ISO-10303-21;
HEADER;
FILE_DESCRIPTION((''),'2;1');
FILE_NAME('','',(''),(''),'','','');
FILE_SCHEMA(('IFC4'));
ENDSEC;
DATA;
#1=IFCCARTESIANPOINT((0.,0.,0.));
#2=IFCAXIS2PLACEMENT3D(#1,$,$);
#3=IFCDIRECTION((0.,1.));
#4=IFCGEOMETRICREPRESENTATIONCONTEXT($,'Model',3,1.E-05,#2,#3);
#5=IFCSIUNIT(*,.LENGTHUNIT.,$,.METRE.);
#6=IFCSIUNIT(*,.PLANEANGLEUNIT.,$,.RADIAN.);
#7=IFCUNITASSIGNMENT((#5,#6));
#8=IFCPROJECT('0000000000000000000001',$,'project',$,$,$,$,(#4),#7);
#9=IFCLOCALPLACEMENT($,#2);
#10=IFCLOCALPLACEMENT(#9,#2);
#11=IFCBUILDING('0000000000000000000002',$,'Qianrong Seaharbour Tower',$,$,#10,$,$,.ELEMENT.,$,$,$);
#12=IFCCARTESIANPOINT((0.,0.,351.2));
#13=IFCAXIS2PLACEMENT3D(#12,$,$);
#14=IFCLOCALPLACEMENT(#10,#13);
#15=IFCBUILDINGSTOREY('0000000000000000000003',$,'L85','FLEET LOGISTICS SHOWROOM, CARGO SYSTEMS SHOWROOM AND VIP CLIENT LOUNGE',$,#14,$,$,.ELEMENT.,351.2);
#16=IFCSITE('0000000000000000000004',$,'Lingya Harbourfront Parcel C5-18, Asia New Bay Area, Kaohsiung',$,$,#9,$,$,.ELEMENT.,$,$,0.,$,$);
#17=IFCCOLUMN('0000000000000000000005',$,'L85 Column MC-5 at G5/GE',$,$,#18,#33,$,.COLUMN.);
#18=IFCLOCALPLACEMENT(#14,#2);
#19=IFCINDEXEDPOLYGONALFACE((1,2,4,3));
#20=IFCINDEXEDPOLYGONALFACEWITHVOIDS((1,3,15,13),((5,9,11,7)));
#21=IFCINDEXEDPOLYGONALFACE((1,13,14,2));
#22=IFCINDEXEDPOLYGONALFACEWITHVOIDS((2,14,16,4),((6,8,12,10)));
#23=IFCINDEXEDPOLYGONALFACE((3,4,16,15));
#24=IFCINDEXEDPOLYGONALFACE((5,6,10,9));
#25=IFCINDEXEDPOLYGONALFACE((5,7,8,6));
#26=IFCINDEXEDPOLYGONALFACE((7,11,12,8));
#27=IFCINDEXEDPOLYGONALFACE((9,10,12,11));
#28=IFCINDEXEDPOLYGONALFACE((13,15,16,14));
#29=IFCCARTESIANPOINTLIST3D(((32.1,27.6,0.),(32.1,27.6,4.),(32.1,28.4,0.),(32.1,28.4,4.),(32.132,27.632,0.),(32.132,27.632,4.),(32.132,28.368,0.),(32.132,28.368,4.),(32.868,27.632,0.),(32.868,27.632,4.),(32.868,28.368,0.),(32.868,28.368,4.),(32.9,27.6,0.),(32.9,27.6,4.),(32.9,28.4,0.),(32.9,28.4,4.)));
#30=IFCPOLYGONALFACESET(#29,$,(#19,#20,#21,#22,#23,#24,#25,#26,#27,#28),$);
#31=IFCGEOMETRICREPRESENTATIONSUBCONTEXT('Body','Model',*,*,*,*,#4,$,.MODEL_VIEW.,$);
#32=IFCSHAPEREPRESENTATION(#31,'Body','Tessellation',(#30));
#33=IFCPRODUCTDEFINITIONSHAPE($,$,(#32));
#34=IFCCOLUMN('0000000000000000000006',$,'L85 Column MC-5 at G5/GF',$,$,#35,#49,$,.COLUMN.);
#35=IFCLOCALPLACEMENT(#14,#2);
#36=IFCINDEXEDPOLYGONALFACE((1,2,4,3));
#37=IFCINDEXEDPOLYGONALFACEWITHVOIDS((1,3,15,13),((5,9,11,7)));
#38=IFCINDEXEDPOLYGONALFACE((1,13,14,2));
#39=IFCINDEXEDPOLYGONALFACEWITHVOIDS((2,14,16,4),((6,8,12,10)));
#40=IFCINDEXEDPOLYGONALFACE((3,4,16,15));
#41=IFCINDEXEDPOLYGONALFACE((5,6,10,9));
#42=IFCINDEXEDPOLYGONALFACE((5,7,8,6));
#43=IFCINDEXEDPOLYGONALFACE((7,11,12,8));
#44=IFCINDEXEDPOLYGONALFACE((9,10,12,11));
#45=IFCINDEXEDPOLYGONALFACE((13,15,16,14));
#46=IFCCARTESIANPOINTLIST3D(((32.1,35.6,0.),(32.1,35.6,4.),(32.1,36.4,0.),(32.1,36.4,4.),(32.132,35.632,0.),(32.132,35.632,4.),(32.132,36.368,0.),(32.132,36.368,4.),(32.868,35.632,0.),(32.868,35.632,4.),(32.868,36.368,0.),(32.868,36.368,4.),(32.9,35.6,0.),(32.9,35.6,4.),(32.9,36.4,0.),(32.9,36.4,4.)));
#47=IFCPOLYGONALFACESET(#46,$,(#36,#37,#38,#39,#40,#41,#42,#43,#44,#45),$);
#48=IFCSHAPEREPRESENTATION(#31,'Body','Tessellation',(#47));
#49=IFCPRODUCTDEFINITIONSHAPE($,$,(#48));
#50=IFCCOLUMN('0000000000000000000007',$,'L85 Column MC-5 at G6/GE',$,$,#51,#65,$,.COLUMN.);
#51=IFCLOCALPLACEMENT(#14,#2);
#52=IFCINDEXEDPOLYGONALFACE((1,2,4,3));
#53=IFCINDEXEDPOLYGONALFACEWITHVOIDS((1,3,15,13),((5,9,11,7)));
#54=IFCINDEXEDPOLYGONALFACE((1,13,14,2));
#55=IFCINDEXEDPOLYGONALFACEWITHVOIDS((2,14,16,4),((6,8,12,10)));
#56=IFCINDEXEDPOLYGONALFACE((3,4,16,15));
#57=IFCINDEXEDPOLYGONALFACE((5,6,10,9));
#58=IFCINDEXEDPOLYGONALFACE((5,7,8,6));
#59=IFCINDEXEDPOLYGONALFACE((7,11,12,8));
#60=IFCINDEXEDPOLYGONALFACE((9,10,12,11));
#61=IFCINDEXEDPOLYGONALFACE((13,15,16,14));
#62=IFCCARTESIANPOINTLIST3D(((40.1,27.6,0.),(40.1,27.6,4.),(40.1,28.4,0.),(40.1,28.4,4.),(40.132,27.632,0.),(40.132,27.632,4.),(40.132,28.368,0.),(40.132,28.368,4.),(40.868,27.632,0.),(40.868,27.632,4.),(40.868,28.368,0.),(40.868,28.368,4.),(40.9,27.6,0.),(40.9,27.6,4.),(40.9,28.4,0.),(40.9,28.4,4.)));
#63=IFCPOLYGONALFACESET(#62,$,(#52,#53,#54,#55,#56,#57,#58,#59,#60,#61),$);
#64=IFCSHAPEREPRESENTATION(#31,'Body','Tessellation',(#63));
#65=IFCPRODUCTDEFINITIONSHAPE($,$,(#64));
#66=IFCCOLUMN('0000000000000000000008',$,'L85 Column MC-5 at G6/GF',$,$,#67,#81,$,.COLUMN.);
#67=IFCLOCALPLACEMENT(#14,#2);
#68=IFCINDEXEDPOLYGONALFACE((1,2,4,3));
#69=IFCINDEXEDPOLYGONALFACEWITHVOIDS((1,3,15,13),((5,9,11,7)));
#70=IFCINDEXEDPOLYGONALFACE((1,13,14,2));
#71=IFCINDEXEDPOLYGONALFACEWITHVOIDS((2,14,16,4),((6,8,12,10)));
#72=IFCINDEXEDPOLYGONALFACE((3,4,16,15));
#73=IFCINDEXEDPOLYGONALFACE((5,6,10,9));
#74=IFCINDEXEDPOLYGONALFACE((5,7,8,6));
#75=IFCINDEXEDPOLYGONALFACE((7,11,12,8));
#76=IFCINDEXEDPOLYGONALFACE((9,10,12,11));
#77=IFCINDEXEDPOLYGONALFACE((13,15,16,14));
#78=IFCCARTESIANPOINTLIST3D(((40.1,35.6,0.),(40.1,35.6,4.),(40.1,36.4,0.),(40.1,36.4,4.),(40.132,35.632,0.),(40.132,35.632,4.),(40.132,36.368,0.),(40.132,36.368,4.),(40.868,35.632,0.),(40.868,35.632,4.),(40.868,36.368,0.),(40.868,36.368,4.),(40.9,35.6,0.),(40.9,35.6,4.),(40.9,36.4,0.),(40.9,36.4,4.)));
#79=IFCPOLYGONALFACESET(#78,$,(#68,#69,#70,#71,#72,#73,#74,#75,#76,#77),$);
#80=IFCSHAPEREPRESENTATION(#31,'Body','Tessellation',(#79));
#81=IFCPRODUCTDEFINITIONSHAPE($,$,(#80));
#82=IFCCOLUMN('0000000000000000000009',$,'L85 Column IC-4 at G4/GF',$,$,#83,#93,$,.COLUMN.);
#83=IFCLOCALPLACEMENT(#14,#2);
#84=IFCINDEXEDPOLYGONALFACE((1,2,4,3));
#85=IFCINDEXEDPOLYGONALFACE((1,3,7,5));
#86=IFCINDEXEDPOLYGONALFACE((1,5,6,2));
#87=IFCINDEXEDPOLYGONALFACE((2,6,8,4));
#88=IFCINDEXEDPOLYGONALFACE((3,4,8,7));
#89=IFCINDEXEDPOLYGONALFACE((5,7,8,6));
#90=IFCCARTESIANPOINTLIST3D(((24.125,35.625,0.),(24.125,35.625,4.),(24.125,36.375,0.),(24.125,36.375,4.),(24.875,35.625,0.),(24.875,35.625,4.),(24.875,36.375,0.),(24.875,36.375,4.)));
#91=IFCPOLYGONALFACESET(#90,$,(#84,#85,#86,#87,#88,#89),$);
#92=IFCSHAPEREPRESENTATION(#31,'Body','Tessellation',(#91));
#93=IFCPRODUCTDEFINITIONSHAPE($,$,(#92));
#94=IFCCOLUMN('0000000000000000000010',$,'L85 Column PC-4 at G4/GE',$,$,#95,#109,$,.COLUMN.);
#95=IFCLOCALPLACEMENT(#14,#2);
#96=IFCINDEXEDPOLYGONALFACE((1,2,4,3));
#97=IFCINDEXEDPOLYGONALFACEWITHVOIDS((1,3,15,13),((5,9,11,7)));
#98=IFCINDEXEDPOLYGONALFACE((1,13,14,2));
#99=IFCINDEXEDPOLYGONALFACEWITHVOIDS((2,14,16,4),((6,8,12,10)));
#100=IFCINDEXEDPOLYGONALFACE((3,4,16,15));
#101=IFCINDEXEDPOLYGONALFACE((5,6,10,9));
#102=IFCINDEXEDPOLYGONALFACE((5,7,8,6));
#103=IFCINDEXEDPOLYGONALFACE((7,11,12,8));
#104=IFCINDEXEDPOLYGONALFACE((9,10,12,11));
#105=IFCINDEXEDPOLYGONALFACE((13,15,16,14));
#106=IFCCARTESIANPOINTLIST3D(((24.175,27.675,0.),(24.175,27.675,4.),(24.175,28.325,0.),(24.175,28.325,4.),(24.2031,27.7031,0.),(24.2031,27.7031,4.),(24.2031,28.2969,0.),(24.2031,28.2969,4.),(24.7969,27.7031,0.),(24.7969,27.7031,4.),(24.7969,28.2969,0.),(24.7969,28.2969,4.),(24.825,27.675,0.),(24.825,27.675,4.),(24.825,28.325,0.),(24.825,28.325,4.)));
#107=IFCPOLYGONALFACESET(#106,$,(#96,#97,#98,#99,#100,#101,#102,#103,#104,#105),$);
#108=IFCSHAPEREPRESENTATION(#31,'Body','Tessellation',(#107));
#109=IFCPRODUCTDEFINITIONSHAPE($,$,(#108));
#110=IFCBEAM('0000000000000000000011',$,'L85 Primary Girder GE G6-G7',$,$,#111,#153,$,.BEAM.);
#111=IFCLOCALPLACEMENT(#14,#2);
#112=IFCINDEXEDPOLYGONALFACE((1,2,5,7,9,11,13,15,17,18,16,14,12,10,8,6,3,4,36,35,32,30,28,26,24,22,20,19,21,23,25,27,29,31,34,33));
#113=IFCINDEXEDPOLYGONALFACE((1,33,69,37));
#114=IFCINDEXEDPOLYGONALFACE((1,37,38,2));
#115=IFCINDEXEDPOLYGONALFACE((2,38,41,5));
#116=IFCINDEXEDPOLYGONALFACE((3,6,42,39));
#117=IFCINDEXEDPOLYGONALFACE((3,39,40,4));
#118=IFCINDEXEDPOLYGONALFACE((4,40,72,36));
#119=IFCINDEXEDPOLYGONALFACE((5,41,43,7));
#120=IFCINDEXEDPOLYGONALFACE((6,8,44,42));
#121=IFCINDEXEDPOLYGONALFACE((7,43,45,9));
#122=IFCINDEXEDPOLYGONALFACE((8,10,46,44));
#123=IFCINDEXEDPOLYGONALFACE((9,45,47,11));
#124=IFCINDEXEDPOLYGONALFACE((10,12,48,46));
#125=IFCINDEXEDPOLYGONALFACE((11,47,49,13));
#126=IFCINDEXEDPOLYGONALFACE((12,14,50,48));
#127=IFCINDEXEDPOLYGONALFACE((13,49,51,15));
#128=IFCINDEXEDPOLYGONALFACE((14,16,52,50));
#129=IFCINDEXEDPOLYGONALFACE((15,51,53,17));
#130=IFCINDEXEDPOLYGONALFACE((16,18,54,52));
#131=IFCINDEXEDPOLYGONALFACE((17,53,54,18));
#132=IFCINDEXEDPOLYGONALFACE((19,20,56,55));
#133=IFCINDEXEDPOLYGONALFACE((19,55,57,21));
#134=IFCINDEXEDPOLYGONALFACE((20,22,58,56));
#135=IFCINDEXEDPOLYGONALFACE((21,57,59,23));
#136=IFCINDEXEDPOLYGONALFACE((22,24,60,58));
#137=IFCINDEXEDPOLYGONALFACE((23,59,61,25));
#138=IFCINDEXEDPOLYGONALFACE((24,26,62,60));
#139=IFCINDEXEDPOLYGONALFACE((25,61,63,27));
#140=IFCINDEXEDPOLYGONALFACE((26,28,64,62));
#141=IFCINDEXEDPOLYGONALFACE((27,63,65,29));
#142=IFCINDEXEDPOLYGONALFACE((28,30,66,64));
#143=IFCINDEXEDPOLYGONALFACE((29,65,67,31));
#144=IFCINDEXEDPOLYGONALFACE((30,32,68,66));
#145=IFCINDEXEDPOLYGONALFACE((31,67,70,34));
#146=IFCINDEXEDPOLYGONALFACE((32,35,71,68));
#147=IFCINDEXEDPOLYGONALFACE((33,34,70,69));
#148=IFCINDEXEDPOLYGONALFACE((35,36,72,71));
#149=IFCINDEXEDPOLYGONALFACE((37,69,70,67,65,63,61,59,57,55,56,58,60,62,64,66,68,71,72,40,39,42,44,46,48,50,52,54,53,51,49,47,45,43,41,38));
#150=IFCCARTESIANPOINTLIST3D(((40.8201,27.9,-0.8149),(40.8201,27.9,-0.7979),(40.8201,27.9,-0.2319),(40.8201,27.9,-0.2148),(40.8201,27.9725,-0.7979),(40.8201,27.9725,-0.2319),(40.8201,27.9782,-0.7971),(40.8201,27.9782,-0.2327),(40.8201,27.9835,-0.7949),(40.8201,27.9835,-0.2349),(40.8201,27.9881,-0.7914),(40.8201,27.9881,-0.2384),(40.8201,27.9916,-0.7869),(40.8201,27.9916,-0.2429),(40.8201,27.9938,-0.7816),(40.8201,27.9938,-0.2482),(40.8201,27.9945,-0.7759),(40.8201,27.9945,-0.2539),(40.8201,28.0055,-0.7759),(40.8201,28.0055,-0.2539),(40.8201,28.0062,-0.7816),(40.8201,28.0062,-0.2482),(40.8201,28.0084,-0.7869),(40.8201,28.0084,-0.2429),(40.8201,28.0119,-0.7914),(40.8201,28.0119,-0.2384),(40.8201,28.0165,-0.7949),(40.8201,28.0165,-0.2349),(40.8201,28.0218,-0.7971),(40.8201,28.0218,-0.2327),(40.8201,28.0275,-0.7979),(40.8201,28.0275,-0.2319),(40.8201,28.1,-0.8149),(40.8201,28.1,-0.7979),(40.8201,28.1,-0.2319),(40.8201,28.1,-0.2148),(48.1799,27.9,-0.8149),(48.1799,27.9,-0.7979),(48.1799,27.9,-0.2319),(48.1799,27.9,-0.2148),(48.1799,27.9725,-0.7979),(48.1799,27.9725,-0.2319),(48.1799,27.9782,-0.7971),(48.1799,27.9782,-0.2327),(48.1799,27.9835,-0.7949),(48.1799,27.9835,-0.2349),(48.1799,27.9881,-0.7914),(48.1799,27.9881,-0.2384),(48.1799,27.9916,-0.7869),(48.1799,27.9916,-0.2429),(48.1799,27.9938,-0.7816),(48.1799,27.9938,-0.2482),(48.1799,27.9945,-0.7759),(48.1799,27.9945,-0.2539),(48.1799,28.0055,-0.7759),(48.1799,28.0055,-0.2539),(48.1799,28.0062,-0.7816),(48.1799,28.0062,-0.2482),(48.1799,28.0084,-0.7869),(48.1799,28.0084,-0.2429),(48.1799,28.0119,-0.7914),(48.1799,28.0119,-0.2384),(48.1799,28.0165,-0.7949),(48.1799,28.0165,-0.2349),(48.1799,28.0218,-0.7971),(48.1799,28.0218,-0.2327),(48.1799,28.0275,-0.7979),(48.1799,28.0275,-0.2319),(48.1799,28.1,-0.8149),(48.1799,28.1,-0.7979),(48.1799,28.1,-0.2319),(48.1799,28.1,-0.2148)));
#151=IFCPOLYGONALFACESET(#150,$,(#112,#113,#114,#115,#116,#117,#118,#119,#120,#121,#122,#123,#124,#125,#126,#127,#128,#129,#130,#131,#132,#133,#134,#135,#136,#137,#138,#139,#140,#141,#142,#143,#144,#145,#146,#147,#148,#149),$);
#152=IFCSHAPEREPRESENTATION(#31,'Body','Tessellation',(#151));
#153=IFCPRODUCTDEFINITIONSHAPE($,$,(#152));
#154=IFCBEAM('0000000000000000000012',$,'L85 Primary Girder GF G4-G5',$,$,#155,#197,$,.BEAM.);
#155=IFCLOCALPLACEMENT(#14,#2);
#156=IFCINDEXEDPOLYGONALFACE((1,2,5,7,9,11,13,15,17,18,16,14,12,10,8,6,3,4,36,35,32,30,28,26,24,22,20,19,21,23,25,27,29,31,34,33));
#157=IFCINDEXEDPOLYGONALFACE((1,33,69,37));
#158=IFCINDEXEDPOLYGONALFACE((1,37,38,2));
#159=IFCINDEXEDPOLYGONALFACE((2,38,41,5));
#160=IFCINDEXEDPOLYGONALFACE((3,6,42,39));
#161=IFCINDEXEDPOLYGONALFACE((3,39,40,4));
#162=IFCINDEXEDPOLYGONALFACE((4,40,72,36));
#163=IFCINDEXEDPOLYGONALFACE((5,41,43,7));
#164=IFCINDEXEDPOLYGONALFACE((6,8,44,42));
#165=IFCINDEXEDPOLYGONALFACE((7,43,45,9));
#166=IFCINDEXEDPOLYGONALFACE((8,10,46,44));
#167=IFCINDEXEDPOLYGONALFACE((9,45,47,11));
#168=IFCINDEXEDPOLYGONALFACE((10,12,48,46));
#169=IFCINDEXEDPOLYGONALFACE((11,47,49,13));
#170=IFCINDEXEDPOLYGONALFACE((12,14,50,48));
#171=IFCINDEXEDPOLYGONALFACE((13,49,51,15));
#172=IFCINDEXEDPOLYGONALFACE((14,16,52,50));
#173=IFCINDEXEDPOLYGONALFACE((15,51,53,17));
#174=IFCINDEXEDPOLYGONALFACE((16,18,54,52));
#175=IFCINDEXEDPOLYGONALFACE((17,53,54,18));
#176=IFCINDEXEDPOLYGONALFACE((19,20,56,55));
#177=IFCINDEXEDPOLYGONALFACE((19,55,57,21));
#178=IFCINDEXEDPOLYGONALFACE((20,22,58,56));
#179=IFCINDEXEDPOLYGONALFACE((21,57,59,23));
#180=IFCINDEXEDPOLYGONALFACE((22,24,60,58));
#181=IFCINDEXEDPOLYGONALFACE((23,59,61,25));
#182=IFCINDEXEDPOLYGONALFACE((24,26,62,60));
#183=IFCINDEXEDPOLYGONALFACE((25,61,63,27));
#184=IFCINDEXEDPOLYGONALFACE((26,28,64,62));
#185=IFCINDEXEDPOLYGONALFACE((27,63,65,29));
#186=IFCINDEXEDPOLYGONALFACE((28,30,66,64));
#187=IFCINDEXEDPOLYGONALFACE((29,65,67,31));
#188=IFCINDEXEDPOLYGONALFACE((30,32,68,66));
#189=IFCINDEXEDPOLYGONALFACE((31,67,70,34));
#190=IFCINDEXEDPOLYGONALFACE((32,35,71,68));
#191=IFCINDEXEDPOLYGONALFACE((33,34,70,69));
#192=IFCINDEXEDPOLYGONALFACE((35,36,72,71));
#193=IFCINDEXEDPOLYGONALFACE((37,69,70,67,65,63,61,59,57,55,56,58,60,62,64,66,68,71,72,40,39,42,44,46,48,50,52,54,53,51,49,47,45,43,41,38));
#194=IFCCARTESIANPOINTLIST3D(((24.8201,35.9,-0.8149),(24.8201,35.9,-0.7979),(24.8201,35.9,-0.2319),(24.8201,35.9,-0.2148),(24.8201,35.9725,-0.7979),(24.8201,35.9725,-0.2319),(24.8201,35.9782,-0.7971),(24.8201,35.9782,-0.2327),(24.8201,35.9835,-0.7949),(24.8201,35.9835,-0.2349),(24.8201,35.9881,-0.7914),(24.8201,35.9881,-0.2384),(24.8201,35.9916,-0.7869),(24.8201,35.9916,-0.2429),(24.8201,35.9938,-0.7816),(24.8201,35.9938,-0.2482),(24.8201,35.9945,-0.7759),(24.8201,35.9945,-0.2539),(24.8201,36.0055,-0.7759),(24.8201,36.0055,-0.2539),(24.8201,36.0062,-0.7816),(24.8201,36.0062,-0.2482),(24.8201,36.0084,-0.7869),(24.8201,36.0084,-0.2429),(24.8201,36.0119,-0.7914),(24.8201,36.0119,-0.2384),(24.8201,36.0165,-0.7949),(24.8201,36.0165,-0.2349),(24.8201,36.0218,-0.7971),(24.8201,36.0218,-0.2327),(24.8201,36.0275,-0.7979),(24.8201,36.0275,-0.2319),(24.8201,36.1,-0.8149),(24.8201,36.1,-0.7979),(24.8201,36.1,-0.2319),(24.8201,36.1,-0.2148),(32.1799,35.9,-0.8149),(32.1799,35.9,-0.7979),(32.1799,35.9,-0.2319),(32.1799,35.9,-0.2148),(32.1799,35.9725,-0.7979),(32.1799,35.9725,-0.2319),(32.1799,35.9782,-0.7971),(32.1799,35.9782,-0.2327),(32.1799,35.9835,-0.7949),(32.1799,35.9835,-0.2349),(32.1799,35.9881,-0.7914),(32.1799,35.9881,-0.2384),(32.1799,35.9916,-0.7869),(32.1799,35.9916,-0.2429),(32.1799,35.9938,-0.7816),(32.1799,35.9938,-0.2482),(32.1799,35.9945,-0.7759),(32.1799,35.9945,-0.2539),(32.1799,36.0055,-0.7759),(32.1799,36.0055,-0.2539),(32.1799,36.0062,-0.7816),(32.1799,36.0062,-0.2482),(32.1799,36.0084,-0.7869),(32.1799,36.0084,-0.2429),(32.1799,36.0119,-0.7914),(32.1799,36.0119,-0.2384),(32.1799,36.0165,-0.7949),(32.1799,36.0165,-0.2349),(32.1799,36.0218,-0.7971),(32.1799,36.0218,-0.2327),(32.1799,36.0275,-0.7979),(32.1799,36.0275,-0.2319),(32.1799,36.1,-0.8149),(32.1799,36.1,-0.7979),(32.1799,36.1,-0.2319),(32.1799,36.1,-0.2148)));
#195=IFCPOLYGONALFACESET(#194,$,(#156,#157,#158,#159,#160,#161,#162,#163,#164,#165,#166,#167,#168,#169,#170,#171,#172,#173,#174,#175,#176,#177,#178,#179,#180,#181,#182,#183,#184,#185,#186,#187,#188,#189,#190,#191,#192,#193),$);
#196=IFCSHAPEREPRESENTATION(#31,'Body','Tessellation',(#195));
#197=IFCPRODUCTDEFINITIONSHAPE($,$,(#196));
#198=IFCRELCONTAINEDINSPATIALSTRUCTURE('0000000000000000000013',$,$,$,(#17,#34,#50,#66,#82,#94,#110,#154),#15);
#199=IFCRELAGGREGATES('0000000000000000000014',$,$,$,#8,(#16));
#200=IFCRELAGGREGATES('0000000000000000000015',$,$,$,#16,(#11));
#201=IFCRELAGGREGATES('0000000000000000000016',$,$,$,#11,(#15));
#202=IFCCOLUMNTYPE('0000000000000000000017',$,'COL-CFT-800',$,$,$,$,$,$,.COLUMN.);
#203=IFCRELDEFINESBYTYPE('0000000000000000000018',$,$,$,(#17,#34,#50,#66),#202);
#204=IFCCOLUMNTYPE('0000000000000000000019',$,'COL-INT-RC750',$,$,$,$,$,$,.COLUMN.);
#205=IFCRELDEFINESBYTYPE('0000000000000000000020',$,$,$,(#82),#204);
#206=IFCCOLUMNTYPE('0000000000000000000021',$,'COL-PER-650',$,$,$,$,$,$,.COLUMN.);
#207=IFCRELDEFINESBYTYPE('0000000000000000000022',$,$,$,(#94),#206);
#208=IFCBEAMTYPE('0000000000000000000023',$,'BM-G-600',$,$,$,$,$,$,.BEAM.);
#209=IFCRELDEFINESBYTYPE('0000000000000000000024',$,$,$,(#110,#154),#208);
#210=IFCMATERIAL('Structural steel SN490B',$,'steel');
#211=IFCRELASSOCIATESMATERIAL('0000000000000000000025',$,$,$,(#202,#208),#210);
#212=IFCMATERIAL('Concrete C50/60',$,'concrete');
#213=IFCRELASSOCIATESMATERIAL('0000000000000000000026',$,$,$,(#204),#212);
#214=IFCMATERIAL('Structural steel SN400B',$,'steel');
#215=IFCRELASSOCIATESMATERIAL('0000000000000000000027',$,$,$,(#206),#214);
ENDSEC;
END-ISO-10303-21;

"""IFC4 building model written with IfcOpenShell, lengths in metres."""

from ifc_helpers import new_model, si_unit, direction, frame, origin, origin_2d, place, context, subcontext, project, spatial, rectangle, hollow_rectangle, i_section, extrude, material, material_profile, profile_set, type_object, element, save


model = new_model("IFC4")

# Units and contexts
model_context = context("Model", 3, precision=1e-05, world=origin(), true_north=direction((0.0, 1.0)))
body_context = subcontext(model_context, "Body", "Model", "MODEL_VIEW")
ifc_project = project(units=[si_unit("LENGTHUNIT", "METRE"), si_unit("PLANEANGLEUNIT", "RADIAN")], contexts=[model_context])

# Site, building, storey
site_placement = place(None, origin())
site = spatial("IfcSite", under=ifc_project, at=site_placement, Name="Lingya Harbourfront Parcel C5-18, Asia New Bay Area, Kaohsiung", CompositionType="ELEMENT", RefElevation=0.0)
building_placement = place(site_placement, origin())
building = spatial("IfcBuilding", under=site, at=building_placement, Name="Qianrong Seaharbour Tower", CompositionType="ELEMENT")
storey_placement = place(building_placement, frame((0.0, 0.0, 351.2)))
storey = spatial("IfcBuildingStorey", under=building, at=storey_placement, Name="L85", Description="FLEET LOGISTICS SHOWROOM, CARGO SYSTEMS SHOWROOM AND VIP CLIENT LOUNGE", CompositionType="ELEMENT", Elevation=351.2)

# Columns
ifc_material_1 = material(Name="Structural steel SN490B", Category="steel")
ifc_material_profile_1 = material_profile(ifc_material_1, hollow_rectangle(XDim=0.8, YDim=0.8, WallThickness=0.032, at=origin_2d()), Name="BOX800x800x32")
ifc_profile_set_1 = profile_set([ifc_material_profile_1], Name="Structural steel SN490B")
column_type_1 = type_object("IfcColumnType", Name="COL-CFT-800", PredefinedType="COLUMN", material=ifc_profile_set_1)
for number, where, z_axis, x_axis, name in (
    (1, (32.5, 28.0, 0.0), (0.0, 0.0, 1.0), (1.0, 0.0, 0.0), "L85 Column MC-5 at G5/GE"),
    (2, (32.5, 36.0, 0.0), (0.0, 0.0, 1.0), (1.0, 0.0, 0.0), "L85 Column MC-5 at G5/GF"),
    (3, (40.5, 28.0, 0.0), (0.0, 0.0, 1.0), (1.0, 0.0, 0.0), "L85 Column MC-5 at G6/GE"),
    (4, (40.5, 36.0, 0.0), (0.0, 0.0, 1.0), (1.0, 0.0, 0.0), "L85 Column MC-5 at G6/GF"),
):
    element("IfcColumn", number, at=place(storey_placement, frame(where, z_axis=z_axis, x_axis=x_axis)), inside=storey, type_object=column_type_1, Name=name, PredefinedType="COLUMN", context=body_context, shape_type="SweptSolid", body=[
        extrude(hollow_rectangle(XDim=0.8, YDim=0.8, WallThickness=0.032, at=origin_2d()), origin(), (0.0, 0.0, 1.0), 4.0),
    ])
ifc_material_2 = material(Name="Concrete C50/60", Category="concrete")
ifc_material_profile_2 = material_profile(ifc_material_2, rectangle(XDim=0.75, YDim=0.75, at=origin_2d()), Name="RC750x750")
ifc_profile_set_2 = profile_set([ifc_material_profile_2], Name="Concrete C50/60")
column_type_2 = type_object("IfcColumnType", Name="COL-INT-RC750", PredefinedType="COLUMN", material=ifc_profile_set_2)
column_1_placement = place(storey_placement, frame((24.5, 36.0, 0.0), z_axis=(0.0, 0.0, 1.0), x_axis=(1.0, 0.0, 0.0)))
element("IfcColumn", 5, at=column_1_placement, inside=storey, type_object=column_type_2, Name="L85 Column IC-4 at G4/GF", PredefinedType="COLUMN", context=body_context, shape_type="SweptSolid", body=[
    extrude(rectangle(XDim=0.75, YDim=0.75, at=origin_2d()), origin(), (0.0, 0.0, 1.0), 4.0),
])
ifc_material_3 = material(Name="Structural steel SN400B", Category="steel")
ifc_material_profile_3 = material_profile(ifc_material_3, hollow_rectangle(XDim=0.6499, YDim=0.6499, WallThickness=0.0281, at=origin_2d()), Name="BOX650x650x28")
ifc_profile_set_3 = profile_set([ifc_material_profile_3], Name="Structural steel SN400B")
column_type_3 = type_object("IfcColumnType", Name="COL-PER-650", PredefinedType="COLUMN", material=ifc_profile_set_3)
column_2_placement = place(storey_placement, frame((24.5, 28.0, 0.0), z_axis=(0.0, 0.0, 1.0), x_axis=(1.0, 0.0, 0.0)))
element("IfcColumn", 6, at=column_2_placement, inside=storey, type_object=column_type_3, Name="L85 Column PC-4 at G4/GE", PredefinedType="COLUMN", context=body_context, shape_type="SweptSolid", body=[
    extrude(hollow_rectangle(XDim=0.6499, YDim=0.6499, WallThickness=0.0281, at=origin_2d()), origin(), (0.0, 0.0, 1.0), 4.0),
])

# Beams
ifc_material_profile_4 = material_profile(ifc_material_1, i_section(OverallWidth=0.2, OverallDepth=0.6001, WebThickness=0.011, FlangeThickness=0.0171, FilletRadius=0.022, at=origin_2d()), Name="H600x200x11x17")
ifc_profile_set_4 = profile_set([ifc_material_profile_4], Name="Structural steel SN490B")
beam_type_1 = type_object("IfcBeamType", Name="BM-G-600", PredefinedType="BEAM", material=ifc_profile_set_4)
for number, where, z_axis, x_axis, name in (
    (7, (40.8201, 28.0, -0.5149), (1.0, 0.0, 0.0), (0.0, 1.0, 0.0), "L85 Primary Girder GE G6-G7"),
    (8, (24.8201, 36.0, -0.5149), (1.0, 0.0, 0.0), (0.0, 1.0, 0.0), "L85 Primary Girder GF G4-G5"),
):
    element("IfcBeam", number, at=place(storey_placement, frame(where, z_axis=z_axis, x_axis=x_axis)), inside=storey, type_object=beam_type_1, Name=name, PredefinedType="BEAM", context=body_context, shape_type="SweptSolid", body=[
        extrude(i_section(OverallWidth=0.2, OverallDepth=0.6001, WebThickness=0.011, FlangeThickness=0.0171, FilletRadius=0.022, at=origin_2d()), origin(), (0.0, 0.0, 1.0), 7.3599),
    ])

save(model, "model.ifc")
